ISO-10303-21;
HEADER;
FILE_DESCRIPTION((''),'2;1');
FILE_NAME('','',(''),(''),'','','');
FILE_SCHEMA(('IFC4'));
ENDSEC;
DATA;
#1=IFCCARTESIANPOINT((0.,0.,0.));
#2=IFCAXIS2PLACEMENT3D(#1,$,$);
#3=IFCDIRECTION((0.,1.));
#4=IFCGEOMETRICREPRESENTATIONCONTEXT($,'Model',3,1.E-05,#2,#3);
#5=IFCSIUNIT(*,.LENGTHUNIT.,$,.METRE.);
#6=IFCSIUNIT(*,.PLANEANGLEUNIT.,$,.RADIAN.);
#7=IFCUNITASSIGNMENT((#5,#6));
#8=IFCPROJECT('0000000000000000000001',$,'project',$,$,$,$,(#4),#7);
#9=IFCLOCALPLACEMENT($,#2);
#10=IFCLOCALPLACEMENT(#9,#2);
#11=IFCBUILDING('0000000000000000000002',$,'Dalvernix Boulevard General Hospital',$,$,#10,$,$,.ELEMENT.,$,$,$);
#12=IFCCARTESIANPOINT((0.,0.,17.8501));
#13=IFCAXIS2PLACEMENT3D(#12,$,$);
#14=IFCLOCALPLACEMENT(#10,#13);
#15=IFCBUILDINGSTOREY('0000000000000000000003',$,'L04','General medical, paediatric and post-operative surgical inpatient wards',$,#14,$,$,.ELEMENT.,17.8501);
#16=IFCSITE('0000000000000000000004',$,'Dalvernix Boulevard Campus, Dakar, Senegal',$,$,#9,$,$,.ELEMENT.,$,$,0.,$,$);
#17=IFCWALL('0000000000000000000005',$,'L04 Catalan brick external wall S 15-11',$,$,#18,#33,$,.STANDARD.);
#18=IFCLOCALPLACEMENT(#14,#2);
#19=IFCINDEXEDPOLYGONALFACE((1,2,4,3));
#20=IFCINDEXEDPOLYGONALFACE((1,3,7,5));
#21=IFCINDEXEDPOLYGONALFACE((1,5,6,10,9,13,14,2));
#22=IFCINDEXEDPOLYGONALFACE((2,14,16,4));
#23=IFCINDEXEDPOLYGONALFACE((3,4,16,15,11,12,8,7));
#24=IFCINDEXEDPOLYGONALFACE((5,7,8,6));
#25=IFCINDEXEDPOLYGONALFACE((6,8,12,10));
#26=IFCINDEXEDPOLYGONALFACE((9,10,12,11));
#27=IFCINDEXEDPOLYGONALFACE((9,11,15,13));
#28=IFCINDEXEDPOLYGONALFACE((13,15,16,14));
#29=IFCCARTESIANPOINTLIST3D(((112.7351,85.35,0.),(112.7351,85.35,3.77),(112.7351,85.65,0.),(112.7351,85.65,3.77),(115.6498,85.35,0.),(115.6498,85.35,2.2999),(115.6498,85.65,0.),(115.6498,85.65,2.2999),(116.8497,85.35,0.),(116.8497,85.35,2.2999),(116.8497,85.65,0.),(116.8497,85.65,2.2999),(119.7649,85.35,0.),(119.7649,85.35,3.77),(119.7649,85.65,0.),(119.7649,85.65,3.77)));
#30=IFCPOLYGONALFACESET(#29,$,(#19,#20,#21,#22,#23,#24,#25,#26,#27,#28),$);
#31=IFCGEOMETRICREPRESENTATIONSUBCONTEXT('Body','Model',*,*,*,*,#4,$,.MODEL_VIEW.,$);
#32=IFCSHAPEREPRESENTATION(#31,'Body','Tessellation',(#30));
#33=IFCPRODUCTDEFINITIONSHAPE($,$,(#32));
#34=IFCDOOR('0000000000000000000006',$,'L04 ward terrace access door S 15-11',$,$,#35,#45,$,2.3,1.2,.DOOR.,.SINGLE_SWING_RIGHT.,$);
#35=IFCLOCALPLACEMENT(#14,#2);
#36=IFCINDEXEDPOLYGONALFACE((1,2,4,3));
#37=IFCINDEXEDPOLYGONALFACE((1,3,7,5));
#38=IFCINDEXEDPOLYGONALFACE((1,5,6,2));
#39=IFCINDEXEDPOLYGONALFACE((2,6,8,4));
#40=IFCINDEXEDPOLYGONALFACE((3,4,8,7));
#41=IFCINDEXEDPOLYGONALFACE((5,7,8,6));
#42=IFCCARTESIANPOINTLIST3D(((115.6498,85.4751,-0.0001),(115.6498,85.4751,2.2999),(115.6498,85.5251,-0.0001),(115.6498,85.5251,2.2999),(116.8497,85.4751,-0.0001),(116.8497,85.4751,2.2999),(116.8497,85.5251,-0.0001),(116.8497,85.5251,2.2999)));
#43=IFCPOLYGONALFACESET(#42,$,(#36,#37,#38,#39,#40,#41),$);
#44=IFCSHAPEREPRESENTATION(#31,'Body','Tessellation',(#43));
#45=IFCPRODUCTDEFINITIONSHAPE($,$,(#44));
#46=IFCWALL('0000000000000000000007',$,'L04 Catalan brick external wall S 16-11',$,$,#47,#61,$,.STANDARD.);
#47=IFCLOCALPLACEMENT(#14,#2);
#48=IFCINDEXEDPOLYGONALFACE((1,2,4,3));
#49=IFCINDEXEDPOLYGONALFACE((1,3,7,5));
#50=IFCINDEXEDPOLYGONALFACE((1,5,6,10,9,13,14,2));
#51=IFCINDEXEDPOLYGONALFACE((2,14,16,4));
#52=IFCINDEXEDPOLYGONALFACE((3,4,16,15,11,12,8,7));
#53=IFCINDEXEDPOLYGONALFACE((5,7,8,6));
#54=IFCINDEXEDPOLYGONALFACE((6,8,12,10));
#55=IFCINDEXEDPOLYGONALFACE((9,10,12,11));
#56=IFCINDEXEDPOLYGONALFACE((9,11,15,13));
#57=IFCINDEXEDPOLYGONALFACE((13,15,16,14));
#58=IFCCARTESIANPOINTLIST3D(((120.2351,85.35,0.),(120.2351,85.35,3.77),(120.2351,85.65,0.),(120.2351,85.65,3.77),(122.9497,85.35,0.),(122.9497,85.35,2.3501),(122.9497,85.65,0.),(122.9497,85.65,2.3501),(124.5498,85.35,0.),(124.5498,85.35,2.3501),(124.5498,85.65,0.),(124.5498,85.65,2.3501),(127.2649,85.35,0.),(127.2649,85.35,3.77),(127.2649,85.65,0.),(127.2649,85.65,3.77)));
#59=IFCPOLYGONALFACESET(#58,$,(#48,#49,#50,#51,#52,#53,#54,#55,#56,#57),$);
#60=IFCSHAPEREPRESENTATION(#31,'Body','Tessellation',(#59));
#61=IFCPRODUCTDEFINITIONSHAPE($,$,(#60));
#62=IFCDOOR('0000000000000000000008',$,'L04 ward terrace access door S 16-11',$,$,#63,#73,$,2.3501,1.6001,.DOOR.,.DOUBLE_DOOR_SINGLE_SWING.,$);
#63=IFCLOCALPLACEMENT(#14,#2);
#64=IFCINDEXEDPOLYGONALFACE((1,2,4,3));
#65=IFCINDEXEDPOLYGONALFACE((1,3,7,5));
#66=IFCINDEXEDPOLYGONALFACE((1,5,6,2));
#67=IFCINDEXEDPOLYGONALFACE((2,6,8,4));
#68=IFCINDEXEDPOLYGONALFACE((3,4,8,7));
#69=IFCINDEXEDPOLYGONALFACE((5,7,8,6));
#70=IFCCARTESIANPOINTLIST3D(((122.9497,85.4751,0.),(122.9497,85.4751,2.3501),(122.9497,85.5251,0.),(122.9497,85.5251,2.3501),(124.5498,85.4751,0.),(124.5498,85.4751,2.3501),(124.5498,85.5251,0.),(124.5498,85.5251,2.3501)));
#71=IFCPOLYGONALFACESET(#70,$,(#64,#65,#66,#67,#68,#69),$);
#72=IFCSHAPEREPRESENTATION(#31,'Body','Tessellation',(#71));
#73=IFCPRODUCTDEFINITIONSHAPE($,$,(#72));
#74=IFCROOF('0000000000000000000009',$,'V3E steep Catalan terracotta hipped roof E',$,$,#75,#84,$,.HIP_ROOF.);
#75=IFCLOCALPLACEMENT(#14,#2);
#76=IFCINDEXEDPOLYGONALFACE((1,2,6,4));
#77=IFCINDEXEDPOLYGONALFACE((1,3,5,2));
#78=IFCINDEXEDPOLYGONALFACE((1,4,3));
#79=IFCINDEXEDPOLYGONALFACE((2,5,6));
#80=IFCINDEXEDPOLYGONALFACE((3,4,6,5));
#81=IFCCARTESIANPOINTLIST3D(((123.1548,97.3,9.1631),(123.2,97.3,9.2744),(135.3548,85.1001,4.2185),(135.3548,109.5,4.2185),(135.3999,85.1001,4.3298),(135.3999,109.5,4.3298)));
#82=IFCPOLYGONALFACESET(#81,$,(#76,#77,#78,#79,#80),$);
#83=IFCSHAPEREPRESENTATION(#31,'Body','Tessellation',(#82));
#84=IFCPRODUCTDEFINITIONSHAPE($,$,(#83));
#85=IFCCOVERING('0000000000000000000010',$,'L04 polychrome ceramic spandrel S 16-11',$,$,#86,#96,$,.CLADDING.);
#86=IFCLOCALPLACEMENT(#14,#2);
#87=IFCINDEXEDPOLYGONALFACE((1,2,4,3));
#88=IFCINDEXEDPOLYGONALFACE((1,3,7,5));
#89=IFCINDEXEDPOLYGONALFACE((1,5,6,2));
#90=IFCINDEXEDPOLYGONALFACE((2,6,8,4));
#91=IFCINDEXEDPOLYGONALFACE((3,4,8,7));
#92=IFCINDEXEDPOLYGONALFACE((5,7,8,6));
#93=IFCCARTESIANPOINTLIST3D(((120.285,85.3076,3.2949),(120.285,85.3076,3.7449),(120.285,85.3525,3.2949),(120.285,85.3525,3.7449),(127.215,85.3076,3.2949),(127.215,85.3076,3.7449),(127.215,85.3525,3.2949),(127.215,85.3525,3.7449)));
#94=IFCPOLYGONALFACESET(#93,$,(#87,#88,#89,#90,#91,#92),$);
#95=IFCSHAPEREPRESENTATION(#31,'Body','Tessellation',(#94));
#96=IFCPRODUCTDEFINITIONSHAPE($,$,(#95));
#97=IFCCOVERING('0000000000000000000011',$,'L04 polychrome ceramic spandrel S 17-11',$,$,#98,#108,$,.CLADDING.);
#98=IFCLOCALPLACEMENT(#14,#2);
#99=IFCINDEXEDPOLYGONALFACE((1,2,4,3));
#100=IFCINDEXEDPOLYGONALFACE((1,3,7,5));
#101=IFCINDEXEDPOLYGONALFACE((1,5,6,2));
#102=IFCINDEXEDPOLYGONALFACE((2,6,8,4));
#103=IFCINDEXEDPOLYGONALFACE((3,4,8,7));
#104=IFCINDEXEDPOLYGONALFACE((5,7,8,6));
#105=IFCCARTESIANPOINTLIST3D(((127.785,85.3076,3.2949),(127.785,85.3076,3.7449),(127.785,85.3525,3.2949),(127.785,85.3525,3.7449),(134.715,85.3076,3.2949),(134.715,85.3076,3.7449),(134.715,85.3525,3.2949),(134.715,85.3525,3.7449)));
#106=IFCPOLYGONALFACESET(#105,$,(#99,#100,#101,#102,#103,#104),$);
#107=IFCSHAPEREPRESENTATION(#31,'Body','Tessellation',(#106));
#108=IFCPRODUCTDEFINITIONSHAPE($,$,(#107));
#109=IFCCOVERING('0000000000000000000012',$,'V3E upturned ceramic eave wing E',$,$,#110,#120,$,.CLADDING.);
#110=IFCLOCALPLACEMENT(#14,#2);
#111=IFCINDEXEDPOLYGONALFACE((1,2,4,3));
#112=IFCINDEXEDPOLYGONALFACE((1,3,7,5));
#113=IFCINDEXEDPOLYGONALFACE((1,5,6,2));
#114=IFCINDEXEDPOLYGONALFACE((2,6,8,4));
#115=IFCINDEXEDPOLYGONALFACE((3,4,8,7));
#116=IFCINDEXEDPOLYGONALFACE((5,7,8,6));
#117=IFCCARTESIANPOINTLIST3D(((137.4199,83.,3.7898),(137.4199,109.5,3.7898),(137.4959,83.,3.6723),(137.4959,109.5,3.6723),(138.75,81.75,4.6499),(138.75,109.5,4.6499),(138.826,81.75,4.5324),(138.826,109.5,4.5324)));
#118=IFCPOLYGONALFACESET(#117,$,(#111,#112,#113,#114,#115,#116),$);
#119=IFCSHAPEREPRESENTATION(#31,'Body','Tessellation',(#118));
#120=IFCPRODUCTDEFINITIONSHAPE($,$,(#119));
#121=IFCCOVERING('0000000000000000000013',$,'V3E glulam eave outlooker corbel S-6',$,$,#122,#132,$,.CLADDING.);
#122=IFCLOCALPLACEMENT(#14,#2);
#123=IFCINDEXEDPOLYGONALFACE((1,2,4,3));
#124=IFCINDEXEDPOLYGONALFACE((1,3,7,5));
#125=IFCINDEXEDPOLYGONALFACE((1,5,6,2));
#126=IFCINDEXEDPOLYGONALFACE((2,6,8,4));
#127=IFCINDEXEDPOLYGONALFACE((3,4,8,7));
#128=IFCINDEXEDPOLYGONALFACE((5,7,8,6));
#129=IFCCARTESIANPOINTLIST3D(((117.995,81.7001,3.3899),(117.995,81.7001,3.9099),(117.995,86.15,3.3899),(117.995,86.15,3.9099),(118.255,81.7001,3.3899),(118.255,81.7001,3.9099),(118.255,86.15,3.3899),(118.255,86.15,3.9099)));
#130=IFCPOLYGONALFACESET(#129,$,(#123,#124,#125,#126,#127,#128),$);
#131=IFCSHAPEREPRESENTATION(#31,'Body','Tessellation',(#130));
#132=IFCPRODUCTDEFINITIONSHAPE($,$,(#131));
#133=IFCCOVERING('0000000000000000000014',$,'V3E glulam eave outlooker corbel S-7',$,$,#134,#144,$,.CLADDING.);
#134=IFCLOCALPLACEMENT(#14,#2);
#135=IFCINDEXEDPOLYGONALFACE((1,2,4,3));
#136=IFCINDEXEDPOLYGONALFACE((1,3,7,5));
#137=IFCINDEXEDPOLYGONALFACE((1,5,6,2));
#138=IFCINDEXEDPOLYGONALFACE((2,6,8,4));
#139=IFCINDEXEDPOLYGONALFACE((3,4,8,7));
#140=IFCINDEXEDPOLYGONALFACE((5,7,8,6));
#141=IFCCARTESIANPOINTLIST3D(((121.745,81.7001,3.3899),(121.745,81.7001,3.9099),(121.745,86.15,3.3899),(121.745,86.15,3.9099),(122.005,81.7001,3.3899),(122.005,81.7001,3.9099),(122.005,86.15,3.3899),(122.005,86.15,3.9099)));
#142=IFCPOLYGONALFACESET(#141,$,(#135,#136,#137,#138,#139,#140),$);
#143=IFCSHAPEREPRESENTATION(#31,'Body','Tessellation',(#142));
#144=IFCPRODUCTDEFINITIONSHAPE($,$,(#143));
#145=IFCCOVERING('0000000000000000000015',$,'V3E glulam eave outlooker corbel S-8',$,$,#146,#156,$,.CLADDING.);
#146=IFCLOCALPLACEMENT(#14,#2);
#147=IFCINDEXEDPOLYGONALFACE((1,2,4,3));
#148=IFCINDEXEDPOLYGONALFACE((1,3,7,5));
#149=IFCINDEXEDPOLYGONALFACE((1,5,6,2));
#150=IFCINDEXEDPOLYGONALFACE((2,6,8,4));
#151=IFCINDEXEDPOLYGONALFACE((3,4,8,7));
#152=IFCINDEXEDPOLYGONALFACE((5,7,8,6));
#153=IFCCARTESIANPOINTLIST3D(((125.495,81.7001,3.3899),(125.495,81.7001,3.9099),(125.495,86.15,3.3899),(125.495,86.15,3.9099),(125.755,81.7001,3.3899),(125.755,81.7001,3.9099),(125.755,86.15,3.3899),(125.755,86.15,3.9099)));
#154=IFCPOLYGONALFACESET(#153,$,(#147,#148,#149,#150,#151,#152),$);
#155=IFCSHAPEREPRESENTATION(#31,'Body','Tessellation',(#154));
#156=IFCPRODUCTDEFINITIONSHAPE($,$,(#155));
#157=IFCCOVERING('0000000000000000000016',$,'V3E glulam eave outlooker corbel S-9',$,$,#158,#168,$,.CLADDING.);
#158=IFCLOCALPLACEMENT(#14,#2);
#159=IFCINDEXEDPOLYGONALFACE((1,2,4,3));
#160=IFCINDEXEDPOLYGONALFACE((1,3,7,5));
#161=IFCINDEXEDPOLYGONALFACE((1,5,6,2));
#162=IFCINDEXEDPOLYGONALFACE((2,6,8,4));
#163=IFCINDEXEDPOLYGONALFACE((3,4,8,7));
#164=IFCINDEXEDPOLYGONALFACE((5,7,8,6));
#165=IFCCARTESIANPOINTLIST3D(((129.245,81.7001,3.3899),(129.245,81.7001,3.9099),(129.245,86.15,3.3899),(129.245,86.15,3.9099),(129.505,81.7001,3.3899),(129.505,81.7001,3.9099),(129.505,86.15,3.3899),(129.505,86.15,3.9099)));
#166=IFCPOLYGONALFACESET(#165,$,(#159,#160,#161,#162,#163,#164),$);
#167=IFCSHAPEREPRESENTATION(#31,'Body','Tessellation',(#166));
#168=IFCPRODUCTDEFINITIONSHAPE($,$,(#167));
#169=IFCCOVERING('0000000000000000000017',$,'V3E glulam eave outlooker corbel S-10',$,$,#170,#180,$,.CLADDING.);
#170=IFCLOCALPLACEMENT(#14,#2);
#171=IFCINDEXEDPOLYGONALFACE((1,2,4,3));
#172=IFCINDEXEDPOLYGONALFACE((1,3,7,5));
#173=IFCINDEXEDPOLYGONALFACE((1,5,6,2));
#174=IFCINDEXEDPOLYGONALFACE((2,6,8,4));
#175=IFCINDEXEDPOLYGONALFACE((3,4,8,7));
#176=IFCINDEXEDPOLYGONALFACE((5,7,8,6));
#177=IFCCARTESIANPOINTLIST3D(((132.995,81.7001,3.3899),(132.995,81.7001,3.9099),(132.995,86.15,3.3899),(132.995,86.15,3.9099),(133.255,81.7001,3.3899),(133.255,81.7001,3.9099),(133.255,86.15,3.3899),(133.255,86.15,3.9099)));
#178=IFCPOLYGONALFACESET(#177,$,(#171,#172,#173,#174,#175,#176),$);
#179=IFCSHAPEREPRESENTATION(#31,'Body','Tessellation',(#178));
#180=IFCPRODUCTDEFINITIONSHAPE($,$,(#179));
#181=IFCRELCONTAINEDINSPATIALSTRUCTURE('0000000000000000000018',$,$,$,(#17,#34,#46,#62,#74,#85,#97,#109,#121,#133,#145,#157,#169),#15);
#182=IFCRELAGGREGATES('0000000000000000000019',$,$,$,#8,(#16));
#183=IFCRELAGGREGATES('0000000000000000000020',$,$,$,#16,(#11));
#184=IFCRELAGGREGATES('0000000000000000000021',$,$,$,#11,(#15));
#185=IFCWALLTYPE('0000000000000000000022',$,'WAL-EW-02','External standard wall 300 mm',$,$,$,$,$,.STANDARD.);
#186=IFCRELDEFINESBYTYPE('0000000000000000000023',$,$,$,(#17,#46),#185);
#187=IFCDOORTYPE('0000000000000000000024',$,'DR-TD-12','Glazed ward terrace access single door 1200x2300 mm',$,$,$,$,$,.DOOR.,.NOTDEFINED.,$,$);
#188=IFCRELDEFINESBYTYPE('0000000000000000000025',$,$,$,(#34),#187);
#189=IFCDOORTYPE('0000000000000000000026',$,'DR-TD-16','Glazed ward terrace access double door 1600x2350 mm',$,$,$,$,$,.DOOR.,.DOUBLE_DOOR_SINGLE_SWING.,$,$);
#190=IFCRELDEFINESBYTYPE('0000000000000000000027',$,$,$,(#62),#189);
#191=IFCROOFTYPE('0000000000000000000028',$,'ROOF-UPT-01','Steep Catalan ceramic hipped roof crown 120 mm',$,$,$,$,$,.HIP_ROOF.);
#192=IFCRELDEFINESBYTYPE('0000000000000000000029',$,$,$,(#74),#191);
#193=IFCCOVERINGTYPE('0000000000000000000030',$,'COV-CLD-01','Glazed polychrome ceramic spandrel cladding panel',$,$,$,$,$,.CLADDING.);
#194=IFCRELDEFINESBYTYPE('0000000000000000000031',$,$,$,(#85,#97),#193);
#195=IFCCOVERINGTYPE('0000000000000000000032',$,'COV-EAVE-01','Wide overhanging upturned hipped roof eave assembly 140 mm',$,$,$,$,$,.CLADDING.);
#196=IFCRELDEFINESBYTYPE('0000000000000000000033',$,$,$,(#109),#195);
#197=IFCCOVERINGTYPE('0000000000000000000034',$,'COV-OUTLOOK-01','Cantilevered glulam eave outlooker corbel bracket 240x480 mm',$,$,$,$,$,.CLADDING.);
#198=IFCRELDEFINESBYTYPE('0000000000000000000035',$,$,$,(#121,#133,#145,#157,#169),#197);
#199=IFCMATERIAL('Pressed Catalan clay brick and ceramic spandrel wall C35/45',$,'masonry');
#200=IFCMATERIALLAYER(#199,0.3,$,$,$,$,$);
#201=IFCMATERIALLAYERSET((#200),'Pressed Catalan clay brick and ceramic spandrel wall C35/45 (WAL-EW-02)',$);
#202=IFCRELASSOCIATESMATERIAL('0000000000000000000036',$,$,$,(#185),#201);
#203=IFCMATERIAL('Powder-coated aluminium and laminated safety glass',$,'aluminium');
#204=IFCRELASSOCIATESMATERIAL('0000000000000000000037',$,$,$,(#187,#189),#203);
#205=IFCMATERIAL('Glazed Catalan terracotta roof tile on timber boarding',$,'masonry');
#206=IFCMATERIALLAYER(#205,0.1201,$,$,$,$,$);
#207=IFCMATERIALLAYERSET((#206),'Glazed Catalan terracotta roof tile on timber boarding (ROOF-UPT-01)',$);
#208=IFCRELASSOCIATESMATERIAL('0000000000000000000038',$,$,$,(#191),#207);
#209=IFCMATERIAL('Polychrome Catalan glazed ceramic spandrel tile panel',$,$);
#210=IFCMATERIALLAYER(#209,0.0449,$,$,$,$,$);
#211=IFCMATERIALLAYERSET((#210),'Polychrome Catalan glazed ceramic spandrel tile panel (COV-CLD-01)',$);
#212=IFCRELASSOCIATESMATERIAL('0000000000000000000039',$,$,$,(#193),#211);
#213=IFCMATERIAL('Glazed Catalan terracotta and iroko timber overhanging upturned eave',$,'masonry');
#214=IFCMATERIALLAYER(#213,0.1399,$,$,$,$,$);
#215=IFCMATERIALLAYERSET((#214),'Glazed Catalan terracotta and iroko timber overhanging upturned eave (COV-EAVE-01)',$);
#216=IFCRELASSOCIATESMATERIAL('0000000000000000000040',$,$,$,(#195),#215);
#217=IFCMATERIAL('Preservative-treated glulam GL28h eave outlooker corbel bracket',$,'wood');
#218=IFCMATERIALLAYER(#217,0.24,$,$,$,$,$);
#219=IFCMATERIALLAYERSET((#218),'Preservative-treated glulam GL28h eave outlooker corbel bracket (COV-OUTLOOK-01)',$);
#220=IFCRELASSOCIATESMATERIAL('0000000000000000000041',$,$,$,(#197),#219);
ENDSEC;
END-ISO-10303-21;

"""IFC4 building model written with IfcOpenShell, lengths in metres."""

from ifc_helpers import new_model, si_unit, direction, frame, frame_2d, origin, origin_2d, place, context, subcontext, project, spatial, polyline, rectangle, outline, extrude, material, layer, layer_set, type_object, element, fill, save


model = new_model("IFC4")

# Units and contexts
model_context = context("Model", 3, precision=1e-05, world=origin(), true_north=direction((0.0, 1.0)))
body_context = subcontext(model_context, "Body", "Model", "MODEL_VIEW")
ifc_project = project(units=[si_unit("LENGTHUNIT", "METRE"), si_unit("PLANEANGLEUNIT", "RADIAN")], contexts=[model_context])

# Site, building, storey
site_placement = place(None, origin())
site = spatial("IfcSite", under=ifc_project, at=site_placement, Name="Dalvernix Boulevard Campus, Dakar, Senegal", CompositionType="ELEMENT", RefElevation=0.0)
building_placement = place(site_placement, origin())
building = spatial("IfcBuilding", under=site, at=building_placement, Name="Dalvernix Boulevard General Hospital", CompositionType="ELEMENT")
storey_placement = place(building_placement, frame((0.0, 0.0, 17.8501)))
storey = spatial("IfcBuildingStorey", under=building, at=storey_placement, Name="L04", Description="General medical, paediatric and post-operative surgical inpatient wards", CompositionType="ELEMENT", Elevation=17.8501)

# Walls, openings, doors
ifc_material_1 = material(Name="Pressed Catalan clay brick and ceramic spandrel wall C35/45", Category="masonry")
ifc_layer_1 = layer(ifc_material_1, 0.3)
ifc_layer_set_1 = layer_set([ifc_layer_1], Name="Pressed Catalan clay brick and ceramic spandrel wall C35/45 (WAL-EW-02)")
wall_type = type_object("IfcWallType", Name="WAL-EW-02", Description="External standard wall 300 mm", PredefinedType="STANDARD", material=ifc_layer_set_1)
wall_1_placement = place(storey_placement, frame((119.7649, 85.5, 0.0), z_axis=(0.0, 0.0, 1.0), x_axis=(-1.0, 0.0, 0.0)))
wall_1 = element("IfcWall", 1, at=wall_1_placement, inside=storey, type_object=wall_type, Name="L04 Catalan brick external wall S 15-11", PredefinedType="STANDARD", context=body_context, shape_type="SweptSolid", body=[
    extrude(rectangle(XDim=7.0298, YDim=0.3, at=frame_2d((3.5149, 0.0))), origin(), (0.0, 0.0, 1.0), 3.77),
])
opening_1_placement = place(wall_1_placement, frame((2.915, 0.0, 0.0)))
opening_1 = element("IfcOpeningElement", 2, at=opening_1_placement, cuts=wall_1, PredefinedType="OPENING", context=body_context, shape_type="SweptSolid", body=[
    extrude(rectangle(XDim=1.2, YDim=2.3, at=frame_2d((0.6001, 1.1499))), frame((0.0, 0.1599, 0.0), z_axis=(0.0, -1.0, 0.0), x_axis=(1.0, 0.0, 0.0)), (0.0, 0.0, 1.0), 0.3201),
])
ifc_material_2 = material(Name="Powder-coated aluminium and laminated safety glass", Category="aluminium")
door_type_1 = type_object("IfcDoorType", Name="DR-TD-12", Description="Glazed ward terrace access single door 1200x2300 mm", OperationType="NOTDEFINED", PredefinedType="DOOR", material=ifc_material_2)
door_1_placement = place(opening_1_placement, origin())
door_1 = element("IfcDoor", 3, at=door_1_placement, inside=storey, type_object=door_type_1, Name="L04 ward terrace access door S 15-11", OperationType="SINGLE_SWING_RIGHT", OverallHeight=2.3, OverallWidth=1.2, PredefinedType="DOOR", context=body_context, shape_type="SweptSolid", body=[
    extrude(rectangle(XDim=1.2, YDim=2.3, at=frame_2d((0.6001, 1.1499))), frame((0.0, 0.0249, 0.0), z_axis=(0.0, -1.0, 0.0), x_axis=(1.0, 0.0, 0.0)), (0.0, 0.0, 1.0), 0.05),
])
fill(opening_1, door_1)
wall_2_placement = place(storey_placement, frame((127.2649, 85.5, 0.0), z_axis=(0.0, 0.0, 1.0), x_axis=(-1.0, 0.0, 0.0)))
wall_2 = element("IfcWall", 4, at=wall_2_placement, inside=storey, type_object=wall_type, Name="L04 Catalan brick external wall S 16-11", PredefinedType="STANDARD", context=body_context, shape_type="SweptSolid", body=[
    extrude(rectangle(XDim=7.0298, YDim=0.3, at=frame_2d((3.5149, 0.0))), origin(), (0.0, 0.0, 1.0), 3.77),
])
opening_2_placement = place(wall_2_placement, frame((2.7151, 0.0, 0.0)))
opening_2 = element("IfcOpeningElement", 5, at=opening_2_placement, cuts=wall_2, PredefinedType="OPENING", context=body_context, shape_type="SweptSolid", body=[
    extrude(rectangle(XDim=1.6001, YDim=2.3501, at=frame_2d((0.8, 1.175))), frame((0.0, 0.1599, 0.0), z_axis=(0.0, -1.0, 0.0), x_axis=(1.0, 0.0, 0.0)), (0.0, 0.0, 1.0), 0.3201),
])
door_type_2 = type_object("IfcDoorType", Name="DR-TD-16", Description="Glazed ward terrace access double door 1600x2350 mm", OperationType="DOUBLE_DOOR_SINGLE_SWING", PredefinedType="DOOR", material=ifc_material_2)
door_2_placement = place(opening_2_placement, origin())
door_2 = element("IfcDoor", 6, at=door_2_placement, inside=storey, type_object=door_type_2, Name="L04 ward terrace access door S 16-11", OperationType="DOUBLE_DOOR_SINGLE_SWING", OverallHeight=2.3501, OverallWidth=1.6001, PredefinedType="DOOR", context=body_context, shape_type="SweptSolid", body=[
    extrude(rectangle(XDim=1.6001, YDim=2.3501, at=frame_2d((0.8, 1.175))), frame((0.0, 0.0249, 0.0), z_axis=(0.0, -1.0, 0.0), x_axis=(1.0, 0.0, 0.0)), (0.0, 0.0, 1.0), 0.05),
])
fill(opening_2, door_2)

# Roof
ifc_material_3 = material(Name="Glazed Catalan terracotta roof tile on timber boarding", Category="masonry")
ifc_layer_2 = layer(ifc_material_3, 0.1201)
ifc_layer_set_2 = layer_set([ifc_layer_2], Name="Glazed Catalan terracotta roof tile on timber boarding (ROOF-UPT-01)")
roof_type_1 = type_object("IfcRoofType", Name="ROOF-UPT-01", Description="Steep Catalan ceramic hipped roof crown 120 mm", PredefinedType="HIP_ROOF", material=ifc_layer_set_2)
roof_1_placement = place(storey_placement, frame((135.3999, 85.1001, 4.3298), z_axis=(0.375617, 0.0, 0.926775), x_axis=(0.0, 1.0, 0.0)))
element("IfcRoof", 7, at=roof_1_placement, inside=storey, type_object=roof_type_1, Name="V3E steep Catalan terracotta hipped roof E", PredefinedType="HIP_ROOF", context=body_context, shape_type="SweptSolid", body=[
    extrude(outline(polyline([(0.0, 0.0), (24.3999, 0.0), (12.2, 13.1639), (0.0, 0.0)])), origin(), (0.0, 0.0, -1.0), 0.1201),
])

# Coverings
ifc_material_4 = material(Name="Polychrome Catalan glazed ceramic spandrel tile panel")
ifc_layer_3 = layer(ifc_material_4, 0.0449)
ifc_layer_set_3 = layer_set([ifc_layer_3], Name="Polychrome Catalan glazed ceramic spandrel tile panel (COV-CLD-01)")
covering_type_1 = type_object("IfcCoveringType", Name="COV-CLD-01", Description="Glazed polychrome ceramic spandrel cladding panel", PredefinedType="CLADDING", material=ifc_layer_set_3)
for number, where, z_axis, x_axis, name in (
    (8, (123.75, 85.3301, 3.2949), (0.0, 0.0, 1.0), (-1.0, 0.0, 0.0), "L04 polychrome ceramic spandrel S 16-11"),
    (9, (131.25, 85.3301, 3.2949), (0.0, 0.0, 1.0), (-1.0, 0.0, 0.0), "L04 polychrome ceramic spandrel S 17-11"),
):
    element("IfcCovering", number, at=place(storey_placement, frame(where, z_axis=z_axis, x_axis=x_axis)), inside=storey, type_object=covering_type_1, Name=name, PredefinedType="CLADDING", context=body_context, shape_type="SweptSolid", body=[
        extrude(rectangle(XDim=6.9299, YDim=0.0449, at=origin_2d()), origin(), (0.0, 0.0, 1.0), 0.45),
    ])
ifc_material_5 = material(Name="Glazed Catalan terracotta and iroko timber overhanging upturned eave", Category="masonry")
ifc_layer_4 = layer(ifc_material_5, 0.1399)
ifc_layer_set_4 = layer_set([ifc_layer_4], Name="Glazed Catalan terracotta and iroko timber overhanging upturned eave (COV-EAVE-01)")
covering_type_2 = type_object("IfcCoveringType", Name="COV-EAVE-01", Description="Wide overhanging upturned hipped roof eave assembly 140 mm", PredefinedType="CLADDING", material=ifc_layer_set_4)
covering_1_placement = place(storey_placement, frame((137.4199, 83.0, 3.7898), z_axis=(-0.543015, 0.0, 0.839723), x_axis=(0.0, 1.0, 0.0)))
element("IfcCovering", 10, at=covering_1_placement, inside=storey, type_object=covering_type_2, Name="V3E upturned ceramic eave wing E", PredefinedType="CLADDING", context=body_context, shape_type="SweptSolid", body=[
    extrude(outline(polyline([(0.0, 0.0), (26.5, 0.0), (26.5, -1.5839), (-1.25, -1.5839), (0.0, 0.0)])), origin(), (0.0, 0.0, -1.0), 0.1399),
])
ifc_material_6 = material(Name="Preservative-treated glulam GL28h eave outlooker corbel bracket", Category="wood")
ifc_layer_5 = layer(ifc_material_6, 0.24)
ifc_layer_set_5 = layer_set([ifc_layer_5], Name="Preservative-treated glulam GL28h eave outlooker corbel bracket (COV-OUTLOOK-01)")
covering_type_3 = type_object("IfcCoveringType", Name="COV-OUTLOOK-01", Description="Cantilevered glulam eave outlooker corbel bracket 240x480 mm", PredefinedType="CLADDING", material=ifc_layer_set_5)
for number, where, z_axis, x_axis, name in (
    (11, (118.125, 83.925, 3.3899), (0.0, 0.0, 1.0), (1.0, 0.0, 0.0), "V3E glulam eave outlooker corbel S-6"),
    (12, (121.875, 83.925, 3.3899), (0.0, 0.0, 1.0), (1.0, 0.0, 0.0), "V3E glulam eave outlooker corbel S-7"),
    (13, (125.625, 83.925, 3.3899), (0.0, 0.0, 1.0), (1.0, 0.0, 0.0), "V3E glulam eave outlooker corbel S-8"),
    (14, (129.375, 83.925, 3.3899), (0.0, 0.0, 1.0), (1.0, 0.0, 0.0), "V3E glulam eave outlooker corbel S-9"),
    (15, (133.125, 83.925, 3.3899), (0.0, 0.0, 1.0), (1.0, 0.0, 0.0), "V3E glulam eave outlooker corbel S-10"),
):
    element("IfcCovering", number, at=place(storey_placement, frame(where, z_axis=z_axis, x_axis=x_axis)), inside=storey, type_object=covering_type_3, Name=name, PredefinedType="CLADDING", context=body_context, shape_type="SweptSolid", body=[
        extrude(rectangle(XDim=0.26, YDim=4.45, at=origin_2d()), origin(), (0.0, 0.0, 1.0), 0.52),
    ])

save(model, "model.ifc")
